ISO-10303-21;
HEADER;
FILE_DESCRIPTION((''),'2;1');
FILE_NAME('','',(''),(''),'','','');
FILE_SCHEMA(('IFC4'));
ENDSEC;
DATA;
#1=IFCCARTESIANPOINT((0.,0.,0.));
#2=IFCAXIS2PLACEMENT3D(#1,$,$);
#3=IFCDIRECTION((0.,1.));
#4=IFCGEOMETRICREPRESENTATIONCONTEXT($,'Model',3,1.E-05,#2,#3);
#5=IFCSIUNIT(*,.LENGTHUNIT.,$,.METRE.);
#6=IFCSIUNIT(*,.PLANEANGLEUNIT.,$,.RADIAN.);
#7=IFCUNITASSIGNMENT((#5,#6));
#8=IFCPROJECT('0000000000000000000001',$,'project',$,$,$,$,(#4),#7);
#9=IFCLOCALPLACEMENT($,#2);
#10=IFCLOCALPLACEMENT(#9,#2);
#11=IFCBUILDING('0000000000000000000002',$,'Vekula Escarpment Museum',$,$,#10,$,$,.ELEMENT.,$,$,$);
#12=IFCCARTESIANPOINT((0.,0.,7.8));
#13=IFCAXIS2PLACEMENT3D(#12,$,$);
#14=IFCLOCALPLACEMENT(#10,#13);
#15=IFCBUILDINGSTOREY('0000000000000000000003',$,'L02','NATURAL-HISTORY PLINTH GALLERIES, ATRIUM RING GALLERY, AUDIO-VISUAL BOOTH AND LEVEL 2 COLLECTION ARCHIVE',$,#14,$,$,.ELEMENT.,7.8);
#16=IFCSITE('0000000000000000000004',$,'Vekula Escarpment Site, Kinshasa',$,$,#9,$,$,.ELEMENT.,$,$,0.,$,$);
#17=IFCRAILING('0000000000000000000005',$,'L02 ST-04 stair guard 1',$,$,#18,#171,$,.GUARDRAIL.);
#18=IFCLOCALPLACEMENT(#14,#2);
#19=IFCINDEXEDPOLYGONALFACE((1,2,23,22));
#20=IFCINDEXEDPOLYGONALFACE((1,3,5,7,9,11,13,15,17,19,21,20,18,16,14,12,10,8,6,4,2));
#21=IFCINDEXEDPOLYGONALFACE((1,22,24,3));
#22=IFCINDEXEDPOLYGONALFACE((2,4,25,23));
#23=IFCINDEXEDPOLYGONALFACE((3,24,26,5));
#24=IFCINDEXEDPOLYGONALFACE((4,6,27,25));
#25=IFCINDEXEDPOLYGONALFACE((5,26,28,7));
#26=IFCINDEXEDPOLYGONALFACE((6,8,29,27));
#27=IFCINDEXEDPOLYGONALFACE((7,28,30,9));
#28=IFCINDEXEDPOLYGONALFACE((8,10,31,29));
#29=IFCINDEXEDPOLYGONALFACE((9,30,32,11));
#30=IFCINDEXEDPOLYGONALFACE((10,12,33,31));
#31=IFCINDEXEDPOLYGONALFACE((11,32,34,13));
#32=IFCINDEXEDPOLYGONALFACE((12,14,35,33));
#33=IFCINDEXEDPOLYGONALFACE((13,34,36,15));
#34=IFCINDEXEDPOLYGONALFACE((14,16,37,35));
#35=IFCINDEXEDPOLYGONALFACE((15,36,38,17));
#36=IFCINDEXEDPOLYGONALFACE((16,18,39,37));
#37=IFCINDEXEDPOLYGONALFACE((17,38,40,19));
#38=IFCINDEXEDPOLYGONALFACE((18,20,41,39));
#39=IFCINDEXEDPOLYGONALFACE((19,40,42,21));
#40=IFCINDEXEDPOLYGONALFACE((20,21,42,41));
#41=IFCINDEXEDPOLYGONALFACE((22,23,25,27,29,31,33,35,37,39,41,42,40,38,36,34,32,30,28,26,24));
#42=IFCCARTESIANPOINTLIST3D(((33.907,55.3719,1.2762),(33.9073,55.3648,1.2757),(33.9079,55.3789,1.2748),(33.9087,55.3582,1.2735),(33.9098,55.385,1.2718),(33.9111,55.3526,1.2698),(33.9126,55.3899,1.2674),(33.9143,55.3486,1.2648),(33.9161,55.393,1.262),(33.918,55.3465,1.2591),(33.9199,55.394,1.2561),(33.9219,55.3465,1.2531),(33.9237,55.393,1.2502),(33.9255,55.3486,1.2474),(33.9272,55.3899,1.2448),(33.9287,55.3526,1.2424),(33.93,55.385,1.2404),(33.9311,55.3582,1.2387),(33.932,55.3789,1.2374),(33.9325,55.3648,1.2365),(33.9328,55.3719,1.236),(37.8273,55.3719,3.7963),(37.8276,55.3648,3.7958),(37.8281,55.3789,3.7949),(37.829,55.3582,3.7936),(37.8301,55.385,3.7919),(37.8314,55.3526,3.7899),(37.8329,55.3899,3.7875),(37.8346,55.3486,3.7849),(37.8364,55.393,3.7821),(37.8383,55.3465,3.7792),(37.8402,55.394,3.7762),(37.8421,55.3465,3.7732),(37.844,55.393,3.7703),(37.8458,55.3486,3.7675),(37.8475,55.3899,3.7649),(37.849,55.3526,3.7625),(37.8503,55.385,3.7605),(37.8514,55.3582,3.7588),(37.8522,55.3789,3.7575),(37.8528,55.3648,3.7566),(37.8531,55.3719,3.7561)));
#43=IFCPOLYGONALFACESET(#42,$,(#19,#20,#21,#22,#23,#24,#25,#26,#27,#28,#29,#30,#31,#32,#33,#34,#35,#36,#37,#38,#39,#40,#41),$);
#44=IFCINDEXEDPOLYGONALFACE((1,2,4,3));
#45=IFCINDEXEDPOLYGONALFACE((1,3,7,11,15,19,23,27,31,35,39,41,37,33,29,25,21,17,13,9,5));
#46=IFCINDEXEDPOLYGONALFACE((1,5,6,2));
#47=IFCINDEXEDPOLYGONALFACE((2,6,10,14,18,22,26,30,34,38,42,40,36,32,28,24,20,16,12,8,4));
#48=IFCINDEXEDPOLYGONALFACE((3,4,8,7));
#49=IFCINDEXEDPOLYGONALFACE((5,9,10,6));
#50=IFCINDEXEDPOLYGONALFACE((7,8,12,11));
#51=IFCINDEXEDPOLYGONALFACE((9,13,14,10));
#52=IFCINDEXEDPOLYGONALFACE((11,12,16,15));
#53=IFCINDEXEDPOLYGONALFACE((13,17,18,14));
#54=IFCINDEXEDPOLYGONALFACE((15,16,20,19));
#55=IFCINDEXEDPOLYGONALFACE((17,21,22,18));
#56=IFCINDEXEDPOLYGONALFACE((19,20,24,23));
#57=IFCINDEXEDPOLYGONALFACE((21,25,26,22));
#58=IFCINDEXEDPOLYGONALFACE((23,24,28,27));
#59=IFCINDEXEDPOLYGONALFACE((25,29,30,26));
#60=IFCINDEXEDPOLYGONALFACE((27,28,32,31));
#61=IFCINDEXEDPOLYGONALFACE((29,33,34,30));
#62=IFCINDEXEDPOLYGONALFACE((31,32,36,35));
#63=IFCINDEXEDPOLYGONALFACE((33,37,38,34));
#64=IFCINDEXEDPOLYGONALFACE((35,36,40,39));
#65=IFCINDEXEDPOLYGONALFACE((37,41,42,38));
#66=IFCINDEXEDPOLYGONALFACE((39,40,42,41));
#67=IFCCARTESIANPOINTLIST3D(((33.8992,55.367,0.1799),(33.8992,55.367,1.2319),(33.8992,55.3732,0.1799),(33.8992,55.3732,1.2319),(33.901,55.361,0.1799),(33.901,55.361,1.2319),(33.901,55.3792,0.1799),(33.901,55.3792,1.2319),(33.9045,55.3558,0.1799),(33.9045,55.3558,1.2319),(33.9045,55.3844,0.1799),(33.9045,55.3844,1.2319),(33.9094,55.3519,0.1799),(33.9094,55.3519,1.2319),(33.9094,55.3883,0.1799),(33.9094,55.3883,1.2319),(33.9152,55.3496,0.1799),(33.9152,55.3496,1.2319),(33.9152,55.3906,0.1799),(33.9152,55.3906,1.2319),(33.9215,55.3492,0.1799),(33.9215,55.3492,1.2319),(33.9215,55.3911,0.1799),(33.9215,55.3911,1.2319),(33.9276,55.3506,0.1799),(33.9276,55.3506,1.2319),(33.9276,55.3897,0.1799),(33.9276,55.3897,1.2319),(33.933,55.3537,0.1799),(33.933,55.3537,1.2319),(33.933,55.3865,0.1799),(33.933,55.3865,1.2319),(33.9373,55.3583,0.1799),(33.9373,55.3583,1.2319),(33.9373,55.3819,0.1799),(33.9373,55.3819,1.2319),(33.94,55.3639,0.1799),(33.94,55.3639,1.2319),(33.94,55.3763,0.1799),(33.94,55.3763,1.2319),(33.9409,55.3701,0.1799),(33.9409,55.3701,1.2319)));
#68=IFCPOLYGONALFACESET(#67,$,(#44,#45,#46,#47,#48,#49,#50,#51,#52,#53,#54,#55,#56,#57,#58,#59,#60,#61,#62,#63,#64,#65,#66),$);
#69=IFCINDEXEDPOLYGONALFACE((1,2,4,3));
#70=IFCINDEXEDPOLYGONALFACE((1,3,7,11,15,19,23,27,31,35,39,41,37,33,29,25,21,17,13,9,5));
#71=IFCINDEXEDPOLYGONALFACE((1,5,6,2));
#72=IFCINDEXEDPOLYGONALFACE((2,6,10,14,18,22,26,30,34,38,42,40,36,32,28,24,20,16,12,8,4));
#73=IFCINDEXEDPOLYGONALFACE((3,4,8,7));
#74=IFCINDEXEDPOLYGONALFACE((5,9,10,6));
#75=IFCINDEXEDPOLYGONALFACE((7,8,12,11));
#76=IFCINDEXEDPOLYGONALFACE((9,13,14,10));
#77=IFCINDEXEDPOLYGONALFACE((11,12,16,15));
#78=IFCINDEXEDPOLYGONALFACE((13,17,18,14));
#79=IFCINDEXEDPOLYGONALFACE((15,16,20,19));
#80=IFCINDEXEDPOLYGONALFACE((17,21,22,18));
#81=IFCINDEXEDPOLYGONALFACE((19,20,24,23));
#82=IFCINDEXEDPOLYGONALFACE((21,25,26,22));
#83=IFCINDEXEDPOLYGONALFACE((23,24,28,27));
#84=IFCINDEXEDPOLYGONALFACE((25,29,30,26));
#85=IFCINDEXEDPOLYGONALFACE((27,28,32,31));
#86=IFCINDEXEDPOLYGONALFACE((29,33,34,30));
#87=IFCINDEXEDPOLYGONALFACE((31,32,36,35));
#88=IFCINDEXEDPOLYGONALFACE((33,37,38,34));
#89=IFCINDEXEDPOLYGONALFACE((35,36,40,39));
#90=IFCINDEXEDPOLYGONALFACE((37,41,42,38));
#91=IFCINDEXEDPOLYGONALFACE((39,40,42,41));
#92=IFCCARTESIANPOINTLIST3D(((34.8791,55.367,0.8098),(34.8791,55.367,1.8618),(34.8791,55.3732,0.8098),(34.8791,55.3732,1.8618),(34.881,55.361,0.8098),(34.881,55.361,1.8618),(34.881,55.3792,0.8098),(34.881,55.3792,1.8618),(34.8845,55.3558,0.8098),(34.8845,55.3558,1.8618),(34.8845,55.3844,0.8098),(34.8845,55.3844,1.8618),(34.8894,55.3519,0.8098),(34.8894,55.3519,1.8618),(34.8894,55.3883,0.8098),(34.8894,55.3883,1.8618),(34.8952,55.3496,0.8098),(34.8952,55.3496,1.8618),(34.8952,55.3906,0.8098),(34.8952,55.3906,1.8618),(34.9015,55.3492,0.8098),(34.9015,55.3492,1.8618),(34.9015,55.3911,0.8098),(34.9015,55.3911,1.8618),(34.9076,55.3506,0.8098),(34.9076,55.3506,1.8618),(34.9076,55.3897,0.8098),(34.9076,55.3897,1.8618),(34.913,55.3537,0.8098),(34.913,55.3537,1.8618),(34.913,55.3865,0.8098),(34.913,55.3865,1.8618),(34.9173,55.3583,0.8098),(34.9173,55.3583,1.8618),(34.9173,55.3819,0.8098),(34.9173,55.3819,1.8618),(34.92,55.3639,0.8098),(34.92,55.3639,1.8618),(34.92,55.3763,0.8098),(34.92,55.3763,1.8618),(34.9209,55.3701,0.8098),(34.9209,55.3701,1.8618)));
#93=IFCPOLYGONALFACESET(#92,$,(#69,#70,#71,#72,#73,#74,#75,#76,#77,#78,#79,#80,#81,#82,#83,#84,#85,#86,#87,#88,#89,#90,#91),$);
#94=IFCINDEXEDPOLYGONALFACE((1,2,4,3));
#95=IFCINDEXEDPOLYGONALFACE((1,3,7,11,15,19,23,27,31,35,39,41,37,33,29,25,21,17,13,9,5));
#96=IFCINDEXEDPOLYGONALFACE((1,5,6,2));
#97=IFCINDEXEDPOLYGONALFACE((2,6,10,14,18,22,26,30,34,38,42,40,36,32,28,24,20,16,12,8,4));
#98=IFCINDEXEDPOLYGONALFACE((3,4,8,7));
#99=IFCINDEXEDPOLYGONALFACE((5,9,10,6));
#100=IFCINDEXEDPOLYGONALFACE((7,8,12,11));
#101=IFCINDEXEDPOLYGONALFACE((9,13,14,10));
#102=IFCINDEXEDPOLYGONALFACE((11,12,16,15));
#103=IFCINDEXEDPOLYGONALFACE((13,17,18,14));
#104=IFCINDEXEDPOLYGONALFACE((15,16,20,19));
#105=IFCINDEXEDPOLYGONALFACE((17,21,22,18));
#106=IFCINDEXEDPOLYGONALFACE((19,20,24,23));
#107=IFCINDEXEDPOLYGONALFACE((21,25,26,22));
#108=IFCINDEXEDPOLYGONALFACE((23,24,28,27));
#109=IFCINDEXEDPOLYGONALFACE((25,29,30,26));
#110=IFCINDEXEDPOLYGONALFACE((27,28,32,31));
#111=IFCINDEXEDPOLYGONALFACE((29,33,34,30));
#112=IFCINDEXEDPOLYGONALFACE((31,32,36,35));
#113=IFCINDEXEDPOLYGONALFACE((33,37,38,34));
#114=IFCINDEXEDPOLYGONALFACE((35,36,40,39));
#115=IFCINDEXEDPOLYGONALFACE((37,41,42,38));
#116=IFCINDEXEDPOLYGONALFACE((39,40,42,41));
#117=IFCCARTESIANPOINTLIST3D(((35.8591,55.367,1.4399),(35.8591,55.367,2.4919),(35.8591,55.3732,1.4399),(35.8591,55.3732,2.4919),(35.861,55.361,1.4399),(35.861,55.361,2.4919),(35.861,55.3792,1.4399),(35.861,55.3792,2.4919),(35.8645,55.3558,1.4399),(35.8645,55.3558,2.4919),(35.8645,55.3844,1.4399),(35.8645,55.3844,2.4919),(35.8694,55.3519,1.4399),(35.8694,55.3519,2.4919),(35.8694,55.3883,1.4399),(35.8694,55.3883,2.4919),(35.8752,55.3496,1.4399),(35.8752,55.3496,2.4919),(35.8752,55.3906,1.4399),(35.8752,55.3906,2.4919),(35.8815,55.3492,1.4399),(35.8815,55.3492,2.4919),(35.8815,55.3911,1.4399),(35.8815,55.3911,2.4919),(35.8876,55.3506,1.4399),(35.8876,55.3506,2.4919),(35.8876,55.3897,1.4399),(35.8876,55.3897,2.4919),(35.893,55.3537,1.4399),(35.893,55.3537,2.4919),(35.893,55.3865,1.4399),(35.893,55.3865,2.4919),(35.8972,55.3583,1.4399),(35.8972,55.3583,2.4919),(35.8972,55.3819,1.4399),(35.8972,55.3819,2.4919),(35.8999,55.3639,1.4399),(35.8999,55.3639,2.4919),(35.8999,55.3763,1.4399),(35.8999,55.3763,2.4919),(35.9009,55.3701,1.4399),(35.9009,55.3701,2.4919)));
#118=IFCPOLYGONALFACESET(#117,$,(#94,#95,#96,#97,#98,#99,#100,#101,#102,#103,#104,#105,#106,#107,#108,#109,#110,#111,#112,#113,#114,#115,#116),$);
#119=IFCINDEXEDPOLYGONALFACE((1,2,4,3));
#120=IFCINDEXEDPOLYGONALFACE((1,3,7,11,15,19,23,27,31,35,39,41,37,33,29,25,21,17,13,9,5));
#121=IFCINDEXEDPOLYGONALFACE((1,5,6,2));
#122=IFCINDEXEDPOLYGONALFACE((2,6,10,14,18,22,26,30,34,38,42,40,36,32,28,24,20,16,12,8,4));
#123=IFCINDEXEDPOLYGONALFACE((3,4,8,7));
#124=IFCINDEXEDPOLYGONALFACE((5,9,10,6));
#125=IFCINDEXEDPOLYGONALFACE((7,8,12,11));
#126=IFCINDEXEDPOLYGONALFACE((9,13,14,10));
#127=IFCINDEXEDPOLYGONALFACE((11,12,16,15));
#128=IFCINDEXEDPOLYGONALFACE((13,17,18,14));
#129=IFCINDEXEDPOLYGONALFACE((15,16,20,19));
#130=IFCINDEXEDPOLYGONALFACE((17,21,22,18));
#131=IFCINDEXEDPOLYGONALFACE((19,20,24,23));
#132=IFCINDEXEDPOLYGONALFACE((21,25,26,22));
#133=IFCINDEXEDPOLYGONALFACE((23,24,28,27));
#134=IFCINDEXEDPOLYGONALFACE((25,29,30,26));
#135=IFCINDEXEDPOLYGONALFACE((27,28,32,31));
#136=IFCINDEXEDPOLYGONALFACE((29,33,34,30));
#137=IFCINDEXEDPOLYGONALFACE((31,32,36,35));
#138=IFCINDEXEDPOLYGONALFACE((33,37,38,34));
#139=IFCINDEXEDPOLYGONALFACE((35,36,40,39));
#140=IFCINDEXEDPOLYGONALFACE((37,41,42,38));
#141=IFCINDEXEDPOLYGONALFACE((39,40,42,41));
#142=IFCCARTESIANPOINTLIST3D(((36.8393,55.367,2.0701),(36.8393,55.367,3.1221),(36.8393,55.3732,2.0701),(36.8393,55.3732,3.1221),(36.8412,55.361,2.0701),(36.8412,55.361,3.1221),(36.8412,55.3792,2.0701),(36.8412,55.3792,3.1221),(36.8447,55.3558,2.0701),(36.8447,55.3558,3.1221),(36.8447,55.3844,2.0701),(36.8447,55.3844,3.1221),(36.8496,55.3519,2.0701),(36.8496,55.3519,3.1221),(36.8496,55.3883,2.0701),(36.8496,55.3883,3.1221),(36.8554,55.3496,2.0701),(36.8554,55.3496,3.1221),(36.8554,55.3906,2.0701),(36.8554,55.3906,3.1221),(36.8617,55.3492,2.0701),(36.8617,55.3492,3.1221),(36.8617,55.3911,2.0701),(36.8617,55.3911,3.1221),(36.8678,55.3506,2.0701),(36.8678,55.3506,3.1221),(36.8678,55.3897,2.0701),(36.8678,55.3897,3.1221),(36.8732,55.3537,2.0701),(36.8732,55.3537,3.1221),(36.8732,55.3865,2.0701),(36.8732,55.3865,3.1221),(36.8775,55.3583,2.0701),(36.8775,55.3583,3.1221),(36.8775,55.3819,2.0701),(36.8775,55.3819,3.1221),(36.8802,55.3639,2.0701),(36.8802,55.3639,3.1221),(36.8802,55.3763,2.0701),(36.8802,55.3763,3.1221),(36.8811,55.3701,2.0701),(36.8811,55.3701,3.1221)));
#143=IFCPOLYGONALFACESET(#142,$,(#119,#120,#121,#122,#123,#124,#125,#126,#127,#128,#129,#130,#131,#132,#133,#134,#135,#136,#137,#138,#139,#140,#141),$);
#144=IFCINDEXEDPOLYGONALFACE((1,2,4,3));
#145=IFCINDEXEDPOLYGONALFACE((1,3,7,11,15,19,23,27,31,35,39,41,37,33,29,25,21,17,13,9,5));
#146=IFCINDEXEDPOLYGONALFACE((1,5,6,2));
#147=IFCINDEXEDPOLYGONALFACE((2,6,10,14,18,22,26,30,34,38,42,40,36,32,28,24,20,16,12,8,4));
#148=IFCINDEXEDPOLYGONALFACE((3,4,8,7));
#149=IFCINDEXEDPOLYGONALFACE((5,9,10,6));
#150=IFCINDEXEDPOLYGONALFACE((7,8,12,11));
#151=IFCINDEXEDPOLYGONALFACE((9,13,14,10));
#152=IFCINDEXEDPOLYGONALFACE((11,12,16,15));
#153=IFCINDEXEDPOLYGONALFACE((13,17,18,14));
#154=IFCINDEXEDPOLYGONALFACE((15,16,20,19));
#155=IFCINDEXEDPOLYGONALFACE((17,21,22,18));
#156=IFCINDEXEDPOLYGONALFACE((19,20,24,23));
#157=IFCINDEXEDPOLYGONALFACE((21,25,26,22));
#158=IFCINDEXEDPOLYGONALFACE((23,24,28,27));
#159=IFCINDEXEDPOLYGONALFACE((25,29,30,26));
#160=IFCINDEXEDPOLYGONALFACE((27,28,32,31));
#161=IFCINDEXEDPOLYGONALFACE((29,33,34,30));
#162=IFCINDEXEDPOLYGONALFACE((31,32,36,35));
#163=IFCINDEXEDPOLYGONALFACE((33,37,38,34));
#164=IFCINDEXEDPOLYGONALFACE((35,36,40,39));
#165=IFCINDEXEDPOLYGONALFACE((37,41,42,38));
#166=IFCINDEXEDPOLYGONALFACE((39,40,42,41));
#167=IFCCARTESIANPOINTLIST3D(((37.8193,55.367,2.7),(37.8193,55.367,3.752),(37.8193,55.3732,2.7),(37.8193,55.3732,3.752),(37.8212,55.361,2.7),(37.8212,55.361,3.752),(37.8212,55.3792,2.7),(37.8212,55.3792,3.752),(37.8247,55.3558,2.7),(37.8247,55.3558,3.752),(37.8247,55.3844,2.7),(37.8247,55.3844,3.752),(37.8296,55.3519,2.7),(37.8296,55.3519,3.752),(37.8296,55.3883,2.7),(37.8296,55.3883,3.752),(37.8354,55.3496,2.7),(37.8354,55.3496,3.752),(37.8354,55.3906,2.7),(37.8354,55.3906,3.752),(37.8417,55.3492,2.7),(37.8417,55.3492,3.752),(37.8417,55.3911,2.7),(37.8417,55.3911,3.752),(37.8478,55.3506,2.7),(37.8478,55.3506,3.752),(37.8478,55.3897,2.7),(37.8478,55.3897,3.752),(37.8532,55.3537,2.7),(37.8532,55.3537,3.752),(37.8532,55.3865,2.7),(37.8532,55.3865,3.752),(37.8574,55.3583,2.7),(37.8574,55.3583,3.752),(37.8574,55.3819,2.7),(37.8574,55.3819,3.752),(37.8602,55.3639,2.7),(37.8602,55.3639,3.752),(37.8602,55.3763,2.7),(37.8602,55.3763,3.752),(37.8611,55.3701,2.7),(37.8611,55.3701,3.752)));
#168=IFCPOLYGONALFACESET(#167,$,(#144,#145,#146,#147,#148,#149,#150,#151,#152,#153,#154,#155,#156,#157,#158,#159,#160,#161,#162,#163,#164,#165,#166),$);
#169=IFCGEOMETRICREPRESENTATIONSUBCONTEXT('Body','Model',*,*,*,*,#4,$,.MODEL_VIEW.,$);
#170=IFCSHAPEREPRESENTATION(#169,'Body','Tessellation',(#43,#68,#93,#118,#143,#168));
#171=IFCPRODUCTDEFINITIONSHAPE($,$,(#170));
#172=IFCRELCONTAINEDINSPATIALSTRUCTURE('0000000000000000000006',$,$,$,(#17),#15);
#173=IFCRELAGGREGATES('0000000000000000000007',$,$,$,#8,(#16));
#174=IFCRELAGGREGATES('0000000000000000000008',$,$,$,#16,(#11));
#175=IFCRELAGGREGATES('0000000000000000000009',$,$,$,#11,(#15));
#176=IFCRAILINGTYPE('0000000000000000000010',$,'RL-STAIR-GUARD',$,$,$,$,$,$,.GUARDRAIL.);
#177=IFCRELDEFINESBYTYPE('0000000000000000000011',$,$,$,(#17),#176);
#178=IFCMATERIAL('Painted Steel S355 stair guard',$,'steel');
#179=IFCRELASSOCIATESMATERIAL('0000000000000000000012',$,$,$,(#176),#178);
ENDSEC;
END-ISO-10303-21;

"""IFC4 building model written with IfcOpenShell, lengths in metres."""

from ifc_helpers import new_model, si_unit, direction, frame, origin, origin_2d, place, context, subcontext, project, spatial, circle, extrude, material, type_object, element, save


model = new_model("IFC4")

# Units and contexts
model_context = context("Model", 3, precision=1e-05, world=origin(), true_north=direction((0.0, 1.0)))
body_context = subcontext(model_context, "Body", "Model", "MODEL_VIEW")
ifc_project = project(units=[si_unit("LENGTHUNIT", "METRE"), si_unit("PLANEANGLEUNIT", "RADIAN")], contexts=[model_context])

# Site, building, storey
site_placement = place(None, origin())
site = spatial("IfcSite", under=ifc_project, at=site_placement, Name="Vekula Escarpment Site, Kinshasa", CompositionType="ELEMENT", RefElevation=0.0)
building_placement = place(site_placement, origin())
building = spatial("IfcBuilding", under=site, at=building_placement, Name="Vekula Escarpment Museum", CompositionType="ELEMENT")
storey_placement = place(building_placement, frame((0.0, 0.0, 7.8)))
storey = spatial("IfcBuildingStorey", under=building, at=storey_placement, Name="L02", Description="NATURAL-HISTORY PLINTH GALLERIES, ATRIUM RING GALLERY, AUDIO-VISUAL BOOTH AND LEVEL 2 COLLECTION ARCHIVE", CompositionType="ELEMENT", Elevation=7.8)

# Railing
ifc_material_1 = material(Name="Painted Steel S355 stair guard", Category="steel")
railing_type_1 = type_object("IfcRailingType", Name="RL-STAIR-GUARD", PredefinedType="GUARDRAIL", material=ifc_material_1)
railing_1_placement = place(storey_placement, frame((33.9199, 55.3701, 0.1799)))
element("IfcRailing", 1, at=railing_1_placement, inside=storey, type_object=railing_type_1, Name="L02 ST-04 stair guard 1", PredefinedType="GUARDRAIL", context=body_context, shape_type="SweptSolid", body=[
    extrude(circle(Radius=0.0239, at=origin_2d()), frame((0.0, 0.0, 1.0762), z_axis=(0.841187, 0.0, 0.540744), x_axis=(0.0, 1.0, 0.0)), (0.0, 0.0, 1.0), 4.6604),
    extrude(circle(Radius=0.021, at=origin_2d()), origin(), (0.0, 0.0, 1.0), 1.052),
    extrude(circle(Radius=0.021, at=origin_2d()), frame((0.98, 0.0, 0.6299)), (0.0, 0.0, 1.0), 1.052),
    extrude(circle(Radius=0.021, at=origin_2d()), frame((1.96, 0.0, 1.26)), (0.0, 0.0, 1.0), 1.052),
    extrude(circle(Radius=0.021, at=origin_2d()), frame((2.9402, 0.0, 1.8901)), (0.0, 0.0, 1.0), 1.052),
    extrude(circle(Radius=0.021, at=origin_2d()), frame((3.9202, 0.0, 2.52)), (0.0, 0.0, 1.0), 1.052),
])

save(model, "model.ifc")
